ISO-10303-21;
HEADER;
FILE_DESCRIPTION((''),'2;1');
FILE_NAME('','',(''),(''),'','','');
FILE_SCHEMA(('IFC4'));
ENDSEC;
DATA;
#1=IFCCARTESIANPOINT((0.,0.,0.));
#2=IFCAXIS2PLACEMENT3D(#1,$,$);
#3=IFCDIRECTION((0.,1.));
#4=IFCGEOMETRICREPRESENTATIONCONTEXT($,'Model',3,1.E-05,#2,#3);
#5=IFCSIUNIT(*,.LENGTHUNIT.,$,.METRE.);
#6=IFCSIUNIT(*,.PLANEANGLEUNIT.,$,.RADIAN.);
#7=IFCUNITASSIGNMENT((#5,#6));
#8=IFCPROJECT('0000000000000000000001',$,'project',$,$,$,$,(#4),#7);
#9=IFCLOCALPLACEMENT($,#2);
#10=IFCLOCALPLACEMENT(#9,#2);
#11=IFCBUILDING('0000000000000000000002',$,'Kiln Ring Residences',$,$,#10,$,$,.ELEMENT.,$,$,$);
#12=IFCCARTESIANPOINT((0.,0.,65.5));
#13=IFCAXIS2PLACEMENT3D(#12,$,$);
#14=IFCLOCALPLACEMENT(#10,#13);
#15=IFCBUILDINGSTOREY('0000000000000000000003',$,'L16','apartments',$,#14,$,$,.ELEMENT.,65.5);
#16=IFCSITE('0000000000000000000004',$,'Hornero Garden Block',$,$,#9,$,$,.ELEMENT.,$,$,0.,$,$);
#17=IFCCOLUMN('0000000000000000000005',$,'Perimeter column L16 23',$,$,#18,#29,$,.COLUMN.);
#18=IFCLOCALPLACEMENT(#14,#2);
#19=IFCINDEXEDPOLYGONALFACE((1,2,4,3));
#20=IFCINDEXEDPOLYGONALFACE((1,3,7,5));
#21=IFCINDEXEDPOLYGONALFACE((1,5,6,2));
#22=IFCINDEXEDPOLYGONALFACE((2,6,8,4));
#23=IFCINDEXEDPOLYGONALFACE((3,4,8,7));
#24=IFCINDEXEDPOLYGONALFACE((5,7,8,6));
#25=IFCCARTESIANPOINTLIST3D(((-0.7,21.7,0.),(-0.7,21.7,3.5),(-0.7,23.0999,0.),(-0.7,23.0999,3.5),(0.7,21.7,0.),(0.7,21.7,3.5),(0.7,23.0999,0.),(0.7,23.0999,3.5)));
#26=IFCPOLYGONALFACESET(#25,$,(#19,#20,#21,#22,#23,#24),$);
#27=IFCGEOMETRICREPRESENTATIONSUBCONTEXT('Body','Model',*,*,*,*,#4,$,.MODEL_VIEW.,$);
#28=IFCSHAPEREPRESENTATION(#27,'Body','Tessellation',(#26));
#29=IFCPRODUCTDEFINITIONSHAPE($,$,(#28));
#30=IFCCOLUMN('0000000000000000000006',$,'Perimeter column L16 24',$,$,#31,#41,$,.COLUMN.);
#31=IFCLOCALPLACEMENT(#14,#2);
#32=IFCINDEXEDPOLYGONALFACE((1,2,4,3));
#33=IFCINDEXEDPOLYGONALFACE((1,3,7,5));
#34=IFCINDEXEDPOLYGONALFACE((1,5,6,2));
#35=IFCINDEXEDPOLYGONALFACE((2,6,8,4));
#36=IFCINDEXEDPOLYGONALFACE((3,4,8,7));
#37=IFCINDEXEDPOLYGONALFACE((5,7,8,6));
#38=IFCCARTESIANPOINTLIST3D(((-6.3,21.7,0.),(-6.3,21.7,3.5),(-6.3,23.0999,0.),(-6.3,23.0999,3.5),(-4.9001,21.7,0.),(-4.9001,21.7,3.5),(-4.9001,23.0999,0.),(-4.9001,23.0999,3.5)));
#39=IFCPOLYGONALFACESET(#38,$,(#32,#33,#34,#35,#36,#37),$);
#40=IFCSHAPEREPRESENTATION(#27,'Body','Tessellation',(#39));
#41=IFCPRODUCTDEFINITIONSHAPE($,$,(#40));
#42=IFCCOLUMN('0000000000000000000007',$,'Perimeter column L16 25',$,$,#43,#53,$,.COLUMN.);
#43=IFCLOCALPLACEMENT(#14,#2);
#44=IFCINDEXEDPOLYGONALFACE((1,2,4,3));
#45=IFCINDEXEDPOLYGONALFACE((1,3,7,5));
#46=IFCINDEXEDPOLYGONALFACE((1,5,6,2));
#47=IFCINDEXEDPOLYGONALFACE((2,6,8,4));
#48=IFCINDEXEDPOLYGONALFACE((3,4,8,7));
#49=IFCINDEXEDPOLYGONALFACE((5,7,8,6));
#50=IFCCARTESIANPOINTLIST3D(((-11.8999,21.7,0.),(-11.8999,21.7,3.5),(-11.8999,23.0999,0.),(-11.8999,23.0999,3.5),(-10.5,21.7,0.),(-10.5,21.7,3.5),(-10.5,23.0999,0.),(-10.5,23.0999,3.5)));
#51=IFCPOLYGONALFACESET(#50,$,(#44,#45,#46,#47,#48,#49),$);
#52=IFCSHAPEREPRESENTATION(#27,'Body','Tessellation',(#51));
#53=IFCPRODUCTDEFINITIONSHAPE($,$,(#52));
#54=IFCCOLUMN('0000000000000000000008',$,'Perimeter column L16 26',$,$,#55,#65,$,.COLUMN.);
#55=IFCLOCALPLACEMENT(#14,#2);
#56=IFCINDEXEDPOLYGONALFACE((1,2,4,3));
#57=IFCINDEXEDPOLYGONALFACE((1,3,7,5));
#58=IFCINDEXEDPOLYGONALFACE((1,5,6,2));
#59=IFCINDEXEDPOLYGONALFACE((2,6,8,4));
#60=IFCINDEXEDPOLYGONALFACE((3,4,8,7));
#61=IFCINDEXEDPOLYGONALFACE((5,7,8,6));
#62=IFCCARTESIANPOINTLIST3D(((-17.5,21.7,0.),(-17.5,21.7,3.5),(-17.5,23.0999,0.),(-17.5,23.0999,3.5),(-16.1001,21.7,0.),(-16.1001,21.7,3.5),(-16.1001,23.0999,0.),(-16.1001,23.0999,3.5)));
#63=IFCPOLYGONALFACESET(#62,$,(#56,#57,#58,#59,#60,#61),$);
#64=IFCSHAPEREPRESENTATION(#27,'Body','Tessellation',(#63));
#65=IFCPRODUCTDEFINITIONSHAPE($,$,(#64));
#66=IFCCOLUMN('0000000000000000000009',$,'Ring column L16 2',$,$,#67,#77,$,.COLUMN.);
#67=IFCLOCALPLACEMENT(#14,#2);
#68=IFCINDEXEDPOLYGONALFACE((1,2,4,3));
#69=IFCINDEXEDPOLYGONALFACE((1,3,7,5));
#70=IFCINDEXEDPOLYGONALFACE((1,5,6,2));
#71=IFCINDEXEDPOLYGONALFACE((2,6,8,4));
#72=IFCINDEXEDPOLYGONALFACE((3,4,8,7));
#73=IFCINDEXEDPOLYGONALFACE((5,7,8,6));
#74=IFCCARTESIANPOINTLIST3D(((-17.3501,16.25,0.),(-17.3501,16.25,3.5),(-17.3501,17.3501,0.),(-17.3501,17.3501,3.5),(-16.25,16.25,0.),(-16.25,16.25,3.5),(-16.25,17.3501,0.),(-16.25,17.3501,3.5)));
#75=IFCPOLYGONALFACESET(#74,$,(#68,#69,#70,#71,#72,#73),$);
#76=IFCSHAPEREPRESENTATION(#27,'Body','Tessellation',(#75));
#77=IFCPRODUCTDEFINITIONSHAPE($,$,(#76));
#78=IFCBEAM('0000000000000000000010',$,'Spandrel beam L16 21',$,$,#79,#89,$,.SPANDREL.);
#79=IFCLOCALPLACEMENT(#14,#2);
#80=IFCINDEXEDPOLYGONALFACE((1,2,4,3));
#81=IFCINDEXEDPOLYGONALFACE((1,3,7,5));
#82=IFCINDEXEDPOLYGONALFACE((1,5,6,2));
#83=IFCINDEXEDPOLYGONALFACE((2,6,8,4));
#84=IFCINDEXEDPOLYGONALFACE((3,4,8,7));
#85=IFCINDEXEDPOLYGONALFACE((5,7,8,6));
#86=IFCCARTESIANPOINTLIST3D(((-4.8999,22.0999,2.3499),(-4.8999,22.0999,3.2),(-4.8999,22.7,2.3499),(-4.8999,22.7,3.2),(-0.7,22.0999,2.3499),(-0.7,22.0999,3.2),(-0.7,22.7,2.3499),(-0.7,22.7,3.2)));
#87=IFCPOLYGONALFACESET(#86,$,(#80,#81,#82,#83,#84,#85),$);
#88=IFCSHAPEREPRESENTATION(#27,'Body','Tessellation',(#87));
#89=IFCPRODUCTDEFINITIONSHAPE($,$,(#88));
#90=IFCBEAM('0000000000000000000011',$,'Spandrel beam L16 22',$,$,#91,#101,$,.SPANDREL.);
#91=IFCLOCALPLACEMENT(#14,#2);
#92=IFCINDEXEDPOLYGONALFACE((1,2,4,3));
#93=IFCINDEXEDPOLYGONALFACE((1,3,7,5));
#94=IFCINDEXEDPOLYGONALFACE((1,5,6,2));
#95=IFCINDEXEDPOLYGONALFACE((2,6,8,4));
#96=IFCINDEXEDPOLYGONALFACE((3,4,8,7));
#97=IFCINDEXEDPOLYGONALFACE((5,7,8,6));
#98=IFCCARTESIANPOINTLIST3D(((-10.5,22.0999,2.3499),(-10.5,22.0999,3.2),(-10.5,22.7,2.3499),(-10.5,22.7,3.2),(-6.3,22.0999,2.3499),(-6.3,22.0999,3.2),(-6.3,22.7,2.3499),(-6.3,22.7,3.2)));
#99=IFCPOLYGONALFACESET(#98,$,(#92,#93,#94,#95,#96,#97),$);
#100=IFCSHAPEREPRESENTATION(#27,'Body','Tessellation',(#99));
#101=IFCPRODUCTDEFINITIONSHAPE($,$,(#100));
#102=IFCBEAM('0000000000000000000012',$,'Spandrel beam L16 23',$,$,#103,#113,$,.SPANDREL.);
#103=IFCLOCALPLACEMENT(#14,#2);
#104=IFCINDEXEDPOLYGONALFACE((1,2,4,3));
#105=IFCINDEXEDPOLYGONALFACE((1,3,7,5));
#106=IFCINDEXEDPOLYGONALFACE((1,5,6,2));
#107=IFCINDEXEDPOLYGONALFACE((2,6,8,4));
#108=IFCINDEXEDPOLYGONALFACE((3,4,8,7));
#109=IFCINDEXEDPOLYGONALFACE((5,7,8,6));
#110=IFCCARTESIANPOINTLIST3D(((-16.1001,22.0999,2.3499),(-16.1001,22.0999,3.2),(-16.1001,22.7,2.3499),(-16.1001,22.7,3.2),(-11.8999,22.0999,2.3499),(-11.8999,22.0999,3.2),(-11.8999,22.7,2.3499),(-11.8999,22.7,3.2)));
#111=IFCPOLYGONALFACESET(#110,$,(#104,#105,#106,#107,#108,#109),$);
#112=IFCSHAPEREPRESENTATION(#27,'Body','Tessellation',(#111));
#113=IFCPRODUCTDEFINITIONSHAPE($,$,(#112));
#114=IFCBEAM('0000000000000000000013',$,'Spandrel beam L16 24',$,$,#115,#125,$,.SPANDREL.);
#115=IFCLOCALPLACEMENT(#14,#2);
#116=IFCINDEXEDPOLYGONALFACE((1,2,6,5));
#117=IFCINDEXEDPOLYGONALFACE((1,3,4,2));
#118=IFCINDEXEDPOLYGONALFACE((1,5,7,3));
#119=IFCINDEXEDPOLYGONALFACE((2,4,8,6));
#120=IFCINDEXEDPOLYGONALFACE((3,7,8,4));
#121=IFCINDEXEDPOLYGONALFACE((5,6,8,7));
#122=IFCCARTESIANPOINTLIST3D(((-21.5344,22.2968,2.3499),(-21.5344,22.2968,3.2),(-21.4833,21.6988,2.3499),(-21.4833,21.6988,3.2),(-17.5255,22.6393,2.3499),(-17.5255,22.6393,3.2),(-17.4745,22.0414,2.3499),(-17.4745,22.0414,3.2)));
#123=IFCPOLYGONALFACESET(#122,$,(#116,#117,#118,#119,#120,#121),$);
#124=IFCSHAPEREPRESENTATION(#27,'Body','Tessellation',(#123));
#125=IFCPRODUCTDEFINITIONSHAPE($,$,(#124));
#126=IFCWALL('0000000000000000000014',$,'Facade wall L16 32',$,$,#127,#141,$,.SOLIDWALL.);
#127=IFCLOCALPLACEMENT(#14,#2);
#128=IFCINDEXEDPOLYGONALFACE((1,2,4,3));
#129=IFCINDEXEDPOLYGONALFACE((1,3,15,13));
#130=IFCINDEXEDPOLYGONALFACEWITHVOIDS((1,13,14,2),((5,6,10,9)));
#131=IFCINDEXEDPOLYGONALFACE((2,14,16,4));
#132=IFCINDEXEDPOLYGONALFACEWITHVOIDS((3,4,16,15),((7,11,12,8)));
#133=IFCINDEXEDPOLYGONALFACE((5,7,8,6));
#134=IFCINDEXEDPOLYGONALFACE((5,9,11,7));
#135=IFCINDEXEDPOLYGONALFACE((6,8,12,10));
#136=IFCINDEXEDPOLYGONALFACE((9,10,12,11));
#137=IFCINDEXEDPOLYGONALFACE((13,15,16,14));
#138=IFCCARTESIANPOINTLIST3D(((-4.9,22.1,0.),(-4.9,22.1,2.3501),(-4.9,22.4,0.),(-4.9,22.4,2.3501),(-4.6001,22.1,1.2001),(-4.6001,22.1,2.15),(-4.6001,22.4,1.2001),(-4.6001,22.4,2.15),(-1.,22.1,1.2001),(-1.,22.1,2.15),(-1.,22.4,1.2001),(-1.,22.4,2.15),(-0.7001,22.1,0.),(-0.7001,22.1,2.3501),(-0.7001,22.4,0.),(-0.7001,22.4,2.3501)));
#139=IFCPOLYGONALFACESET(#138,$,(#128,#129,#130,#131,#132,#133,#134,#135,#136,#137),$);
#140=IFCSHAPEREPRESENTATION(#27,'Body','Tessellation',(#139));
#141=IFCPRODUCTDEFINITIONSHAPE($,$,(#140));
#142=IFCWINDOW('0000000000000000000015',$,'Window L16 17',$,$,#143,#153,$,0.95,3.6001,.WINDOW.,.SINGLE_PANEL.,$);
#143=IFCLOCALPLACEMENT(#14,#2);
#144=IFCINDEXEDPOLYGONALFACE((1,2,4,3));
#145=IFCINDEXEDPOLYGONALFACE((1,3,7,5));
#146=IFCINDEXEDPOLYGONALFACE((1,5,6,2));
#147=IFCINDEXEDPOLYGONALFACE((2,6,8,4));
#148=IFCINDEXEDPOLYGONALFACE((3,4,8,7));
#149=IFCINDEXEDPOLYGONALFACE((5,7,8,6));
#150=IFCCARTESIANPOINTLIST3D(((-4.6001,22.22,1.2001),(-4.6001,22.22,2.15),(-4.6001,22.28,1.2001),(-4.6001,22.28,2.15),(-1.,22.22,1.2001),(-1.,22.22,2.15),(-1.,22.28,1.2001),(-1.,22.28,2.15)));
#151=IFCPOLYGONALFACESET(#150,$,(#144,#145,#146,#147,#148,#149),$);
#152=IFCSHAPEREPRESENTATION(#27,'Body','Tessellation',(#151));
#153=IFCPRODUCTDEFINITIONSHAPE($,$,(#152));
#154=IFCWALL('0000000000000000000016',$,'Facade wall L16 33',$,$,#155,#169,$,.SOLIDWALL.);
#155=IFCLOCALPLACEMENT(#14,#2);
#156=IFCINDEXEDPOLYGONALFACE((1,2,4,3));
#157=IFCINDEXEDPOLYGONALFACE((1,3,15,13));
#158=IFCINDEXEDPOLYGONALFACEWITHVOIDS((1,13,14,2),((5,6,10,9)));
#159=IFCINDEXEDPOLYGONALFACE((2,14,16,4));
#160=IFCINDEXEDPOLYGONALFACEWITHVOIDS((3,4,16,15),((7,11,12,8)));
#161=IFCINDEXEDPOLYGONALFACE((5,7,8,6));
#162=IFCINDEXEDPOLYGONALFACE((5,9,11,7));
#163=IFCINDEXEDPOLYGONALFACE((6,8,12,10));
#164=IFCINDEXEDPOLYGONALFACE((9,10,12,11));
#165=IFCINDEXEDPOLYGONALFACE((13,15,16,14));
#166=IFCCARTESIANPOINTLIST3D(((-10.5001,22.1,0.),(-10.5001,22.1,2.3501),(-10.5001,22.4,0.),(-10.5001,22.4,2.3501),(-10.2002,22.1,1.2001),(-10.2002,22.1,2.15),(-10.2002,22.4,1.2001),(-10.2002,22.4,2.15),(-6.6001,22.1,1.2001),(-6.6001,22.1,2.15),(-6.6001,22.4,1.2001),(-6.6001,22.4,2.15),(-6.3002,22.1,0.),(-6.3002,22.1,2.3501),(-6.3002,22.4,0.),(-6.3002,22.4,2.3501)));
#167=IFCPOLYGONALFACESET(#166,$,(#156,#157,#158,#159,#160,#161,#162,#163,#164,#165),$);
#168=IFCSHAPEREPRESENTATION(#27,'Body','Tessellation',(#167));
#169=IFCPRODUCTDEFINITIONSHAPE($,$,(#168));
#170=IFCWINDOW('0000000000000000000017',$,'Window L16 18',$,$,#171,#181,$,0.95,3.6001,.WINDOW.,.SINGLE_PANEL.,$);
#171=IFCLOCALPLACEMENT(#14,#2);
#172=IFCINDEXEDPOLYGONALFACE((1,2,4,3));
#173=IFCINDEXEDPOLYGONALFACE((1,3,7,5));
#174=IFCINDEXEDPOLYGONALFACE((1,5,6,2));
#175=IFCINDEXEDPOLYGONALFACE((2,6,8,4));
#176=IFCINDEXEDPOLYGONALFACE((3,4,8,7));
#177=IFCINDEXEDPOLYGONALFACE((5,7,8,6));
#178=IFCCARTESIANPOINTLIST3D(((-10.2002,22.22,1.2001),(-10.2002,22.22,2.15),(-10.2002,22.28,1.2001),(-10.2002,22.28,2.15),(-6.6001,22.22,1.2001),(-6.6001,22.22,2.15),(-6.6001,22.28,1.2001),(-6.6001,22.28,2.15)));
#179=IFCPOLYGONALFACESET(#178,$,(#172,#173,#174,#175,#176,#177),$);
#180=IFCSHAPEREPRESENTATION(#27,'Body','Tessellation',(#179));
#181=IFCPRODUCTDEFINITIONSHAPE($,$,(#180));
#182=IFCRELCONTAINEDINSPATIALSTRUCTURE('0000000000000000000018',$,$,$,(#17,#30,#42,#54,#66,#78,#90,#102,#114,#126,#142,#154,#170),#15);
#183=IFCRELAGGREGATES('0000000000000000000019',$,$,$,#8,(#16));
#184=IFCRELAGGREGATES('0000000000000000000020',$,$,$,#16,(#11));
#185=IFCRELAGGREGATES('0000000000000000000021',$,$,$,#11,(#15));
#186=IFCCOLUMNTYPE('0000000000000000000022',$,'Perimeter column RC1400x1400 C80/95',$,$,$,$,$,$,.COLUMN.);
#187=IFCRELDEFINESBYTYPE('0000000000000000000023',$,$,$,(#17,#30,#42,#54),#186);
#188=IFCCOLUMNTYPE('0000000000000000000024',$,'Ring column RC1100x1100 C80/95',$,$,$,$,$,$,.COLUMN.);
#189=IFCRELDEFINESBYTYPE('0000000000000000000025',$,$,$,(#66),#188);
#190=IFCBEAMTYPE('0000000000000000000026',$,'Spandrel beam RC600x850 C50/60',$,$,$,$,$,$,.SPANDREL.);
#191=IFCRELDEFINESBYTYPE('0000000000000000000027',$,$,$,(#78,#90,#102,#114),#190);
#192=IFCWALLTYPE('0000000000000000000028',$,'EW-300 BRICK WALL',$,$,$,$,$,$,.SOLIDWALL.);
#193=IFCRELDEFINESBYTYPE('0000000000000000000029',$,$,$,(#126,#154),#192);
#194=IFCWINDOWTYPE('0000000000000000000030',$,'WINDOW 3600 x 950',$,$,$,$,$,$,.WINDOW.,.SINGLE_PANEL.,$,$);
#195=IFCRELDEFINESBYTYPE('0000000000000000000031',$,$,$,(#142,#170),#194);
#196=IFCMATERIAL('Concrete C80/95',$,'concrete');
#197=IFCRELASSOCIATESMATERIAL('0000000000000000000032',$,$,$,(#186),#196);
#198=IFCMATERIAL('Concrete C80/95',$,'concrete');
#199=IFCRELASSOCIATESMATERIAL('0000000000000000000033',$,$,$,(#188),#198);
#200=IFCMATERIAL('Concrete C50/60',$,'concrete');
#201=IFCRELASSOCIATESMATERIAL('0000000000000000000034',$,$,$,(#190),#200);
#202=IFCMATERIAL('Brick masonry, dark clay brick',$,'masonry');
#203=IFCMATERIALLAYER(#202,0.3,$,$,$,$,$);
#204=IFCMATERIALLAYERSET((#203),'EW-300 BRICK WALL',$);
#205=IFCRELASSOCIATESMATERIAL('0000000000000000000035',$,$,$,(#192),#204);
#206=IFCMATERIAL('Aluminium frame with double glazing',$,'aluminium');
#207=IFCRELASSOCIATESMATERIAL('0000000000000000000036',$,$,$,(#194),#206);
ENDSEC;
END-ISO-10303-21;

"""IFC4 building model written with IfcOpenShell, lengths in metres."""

from ifc_helpers import new_model, si_unit, direction, frame, frame_2d, origin, origin_2d, place, context, subcontext, project, spatial, rectangle, extrude, material, layer, layer_set, material_profile, profile_set, type_object, element, fill, save


model = new_model("IFC4")

# Units and contexts
model_context = context("Model", 3, precision=1e-05, world=origin(), true_north=direction((0.0, 1.0)))
body_context = subcontext(model_context, "Body", "Model", "MODEL_VIEW")
ifc_project = project(units=[si_unit("LENGTHUNIT", "METRE"), si_unit("PLANEANGLEUNIT", "RADIAN")], contexts=[model_context])

# Site, building, storey
site_placement = place(None, origin())
site = spatial("IfcSite", under=ifc_project, at=site_placement, Name="Hornero Garden Block", CompositionType="ELEMENT", RefElevation=0.0)
building_placement = place(site_placement, origin())
building = spatial("IfcBuilding", under=site, at=building_placement, Name="Kiln Ring Residences", CompositionType="ELEMENT")
storey_placement = place(building_placement, frame((0.0, 0.0, 65.5)))
storey = spatial("IfcBuildingStorey", under=building, at=storey_placement, Name="L16", Description="apartments", CompositionType="ELEMENT", Elevation=65.5)

# Columns
ifc_material_1 = material(Name="Concrete C80/95", Category="concrete")
ifc_material_profile_1 = material_profile(ifc_material_1, rectangle(XDim=1.3999, YDim=1.3999, at=origin_2d()), Name="RC1400x1400")
ifc_profile_set_1 = profile_set([ifc_material_profile_1], Name="Concrete C80/95")
column_type_1 = type_object("IfcColumnType", Name="Perimeter column RC1400x1400 C80/95", PredefinedType="COLUMN", material=ifc_profile_set_1)
for number, where, z_axis, x_axis, name in (
    (1, (0.0, 22.3999, 0.0), (0.0, 0.0, 1.0), (1.0, 0.0, 0.0), "Perimeter column L16 23"),
    (2, (-5.6001, 22.3999, 0.0), (0.0, 0.0, 1.0), (1.0, 0.0, 0.0), "Perimeter column L16 24"),
    (3, (-11.2, 22.3999, 0.0), (0.0, 0.0, 1.0), (1.0, 0.0, 0.0), "Perimeter column L16 25"),
    (4, (-16.8, 22.3999, 0.0), (0.0, 0.0, 1.0), (1.0, 0.0, 0.0), "Perimeter column L16 26"),
):
    element("IfcColumn", number, at=place(storey_placement, frame(where, z_axis=z_axis, x_axis=x_axis)), inside=storey, type_object=column_type_1, Name=name, PredefinedType="COLUMN", context=body_context, shape_type="SweptSolid", body=[
        extrude(rectangle(XDim=1.3999, YDim=1.3999, at=origin_2d()), origin(), (0.0, 0.0, 1.0), 3.5),
    ])
ifc_material_2 = material(Name="Concrete C80/95", Category="concrete")
ifc_material_profile_2 = material_profile(ifc_material_2, rectangle(XDim=1.1001, YDim=1.1001, at=origin_2d()), Name="RC1100x1100")
ifc_profile_set_2 = profile_set([ifc_material_profile_2], Name="Concrete C80/95")
column_type_2 = type_object("IfcColumnType", Name="Ring column RC1100x1100 C80/95", PredefinedType="COLUMN", material=ifc_profile_set_2)
column_placement = place(storey_placement, frame((-16.8, 16.8, 0.0), z_axis=(0.0, 0.0, 1.0), x_axis=(1.0, 0.0, 0.0)))
element("IfcColumn", 5, at=column_placement, inside=storey, type_object=column_type_2, Name="Ring column L16 2", PredefinedType="COLUMN", context=body_context, shape_type="SweptSolid", body=[
    extrude(rectangle(XDim=1.1001, YDim=1.1001, at=origin_2d()), origin(), (0.0, 0.0, 1.0), 3.5),
])

# Beams
ifc_material_3 = material(Name="Concrete C50/60", Category="concrete")
ifc_material_profile_3 = material_profile(ifc_material_3, rectangle(XDim=0.6001, YDim=0.8501, at=origin_2d()), Name="RC600x850")
ifc_profile_set_3 = profile_set([ifc_material_profile_3], Name="Concrete C50/60")
beam_type = type_object("IfcBeamType", Name="Spandrel beam RC600x850 C50/60", PredefinedType="SPANDREL", material=ifc_profile_set_3)
for number, where, z_axis, x_axis, name in (
    (6, (-0.7, 22.3999, 2.7749), (-1.0, 0.0, 0.0), (0.0, -1.0, 0.0), "Spandrel beam L16 21"),
    (7, (-6.3, 22.3999, 2.7749), (-1.0, 0.0, 0.0), (0.0, -1.0, 0.0), "Spandrel beam L16 22"),
):
    element("IfcBeam", number, at=place(storey_placement, frame(where, z_axis=z_axis, x_axis=x_axis)), inside=storey, type_object=beam_type, Name=name, PredefinedType="SPANDREL", context=body_context, shape_type="SweptSolid", body=[
        extrude(rectangle(XDim=0.6001, YDim=0.8501, at=origin_2d()), origin(), (0.0, 0.0, 1.0), 4.2),
    ])
beam_1_placement = place(storey_placement, frame((-11.8999, 22.3999, 2.7749), z_axis=(-1.0, 0.0, 0.0), x_axis=(0.0, -1.0, 0.0)))
element("IfcBeam", 8, at=beam_1_placement, inside=storey, type_object=beam_type, Name="Spandrel beam L16 23", PredefinedType="SPANDREL", context=body_context, shape_type="SweptSolid", body=[
    extrude(rectangle(XDim=0.6001, YDim=0.8501, at=origin_2d()), origin(), (0.0, 0.0, 1.0), 4.2002),
])
beam_2_placement = place(storey_placement, frame((-17.5, 22.3403, 2.7749), z_axis=(-0.996369, -0.085134, 0.0), x_axis=(0.085134, -0.996369, 0.0)))
element("IfcBeam", 9, at=beam_2_placement, inside=storey, type_object=beam_type, Name="Spandrel beam L16 24", PredefinedType="SPANDREL", context=body_context, shape_type="SweptSolid", body=[
    extrude(rectangle(XDim=0.6001, YDim=0.8501, at=origin_2d()), origin(), (0.0, 0.0, 1.0), 4.0234),
])

# Walls, openings, windows
ifc_material_4 = material(Name="Brick masonry, dark clay brick", Category="masonry")
ifc_layer_1 = layer(ifc_material_4, 0.3)
ifc_layer_set_1 = layer_set([ifc_layer_1], Name="EW-300 BRICK WALL")
wall_type_1 = type_object("IfcWallType", Name="EW-300 BRICK WALL", PredefinedType="SOLIDWALL", material=ifc_layer_set_1)
wall_1_placement = place(storey_placement, frame((-0.7, 22.25, 0.0), z_axis=(0.0, 0.0, 1.0), x_axis=(-1.0, 0.0, 0.0)))
wall_1 = element("IfcWall", 10, at=wall_1_placement, inside=storey, type_object=wall_type_1, Name="Facade wall L16 32", PredefinedType="SOLIDWALL", context=body_context, shape_type="SweptSolid", body=[
    extrude(rectangle(XDim=4.2, YDim=0.3, at=frame_2d((2.1001, 0.0))), origin(), (0.0, 0.0, 1.0), 2.3501),
])
opening_1_placement = place(wall_1_placement, frame((0.3, 0.0, 1.2)))
opening_1 = element("IfcOpeningElement", 11, at=opening_1_placement, cuts=wall_1, PredefinedType="OPENING", context=body_context, shape_type="SweptSolid", body=[
    extrude(rectangle(XDim=3.6001, YDim=0.95, at=frame_2d((1.8, 0.4751))), frame((0.0, 0.1599, 0.0), z_axis=(0.0, -1.0, 0.0), x_axis=(1.0, 0.0, 0.0)), (0.0, 0.0, 1.0), 0.3201),
])
ifc_material_5 = material(Name="Aluminium frame with double glazing", Category="aluminium")
window_type_1 = type_object("IfcWindowType", Name="WINDOW 3600 x 950", PartitioningType="SINGLE_PANEL", PredefinedType="WINDOW", material=ifc_material_5)
window_1_placement = place(opening_1_placement, origin())
window_1 = element("IfcWindow", 12, at=window_1_placement, inside=storey, type_object=window_type_1, Name="Window L16 17", OverallHeight=0.95, OverallWidth=3.6001, PartitioningType="SINGLE_PANEL", PredefinedType="WINDOW", context=body_context, shape_type="SweptSolid", body=[
    extrude(rectangle(XDim=3.6001, YDim=0.95, at=frame_2d((1.8, 0.4751))), frame((0.0, 0.03, 0.0), z_axis=(0.0, -1.0, 0.0), x_axis=(1.0, 0.0, 0.0)), (0.0, 0.0, 1.0), 0.0601),
])
fill(opening_1, window_1)
wall_2_placement = place(storey_placement, frame((-6.3, 22.25, 0.0), z_axis=(0.0, 0.0, 1.0), x_axis=(-1.0, 0.0, 0.0)))
wall_2 = element("IfcWall", 13, at=wall_2_placement, inside=storey, type_object=wall_type_1, Name="Facade wall L16 33", PredefinedType="SOLIDWALL", context=body_context, shape_type="SweptSolid", body=[
    extrude(rectangle(XDim=4.2, YDim=0.3, at=frame_2d((2.1001, 0.0))), origin(), (0.0, 0.0, 1.0), 2.3501),
])
opening_2_placement = place(wall_2_placement, frame((0.3, 0.0, 1.2)))
opening_2 = element("IfcOpeningElement", 14, at=opening_2_placement, cuts=wall_2, PredefinedType="OPENING", context=body_context, shape_type="SweptSolid", body=[
    extrude(rectangle(XDim=3.6001, YDim=0.95, at=frame_2d((1.8, 0.4751))), frame((0.0, 0.1599, 0.0), z_axis=(0.0, -1.0, 0.0), x_axis=(1.0, 0.0, 0.0)), (0.0, 0.0, 1.0), 0.3201),
])
window_2_placement = place(opening_2_placement, origin())
window_2 = element("IfcWindow", 15, at=window_2_placement, inside=storey, type_object=window_type_1, Name="Window L16 18", OverallHeight=0.95, OverallWidth=3.6001, PartitioningType="SINGLE_PANEL", PredefinedType="WINDOW", context=body_context, shape_type="SweptSolid", body=[
    extrude(rectangle(XDim=3.6001, YDim=0.95, at=frame_2d((1.8, 0.4751))), frame((0.0, 0.03, 0.0), z_axis=(0.0, -1.0, 0.0), x_axis=(1.0, 0.0, 0.0)), (0.0, 0.0, 1.0), 0.0601),
])
fill(opening_2, window_2)

save(model, "model.ifc")
